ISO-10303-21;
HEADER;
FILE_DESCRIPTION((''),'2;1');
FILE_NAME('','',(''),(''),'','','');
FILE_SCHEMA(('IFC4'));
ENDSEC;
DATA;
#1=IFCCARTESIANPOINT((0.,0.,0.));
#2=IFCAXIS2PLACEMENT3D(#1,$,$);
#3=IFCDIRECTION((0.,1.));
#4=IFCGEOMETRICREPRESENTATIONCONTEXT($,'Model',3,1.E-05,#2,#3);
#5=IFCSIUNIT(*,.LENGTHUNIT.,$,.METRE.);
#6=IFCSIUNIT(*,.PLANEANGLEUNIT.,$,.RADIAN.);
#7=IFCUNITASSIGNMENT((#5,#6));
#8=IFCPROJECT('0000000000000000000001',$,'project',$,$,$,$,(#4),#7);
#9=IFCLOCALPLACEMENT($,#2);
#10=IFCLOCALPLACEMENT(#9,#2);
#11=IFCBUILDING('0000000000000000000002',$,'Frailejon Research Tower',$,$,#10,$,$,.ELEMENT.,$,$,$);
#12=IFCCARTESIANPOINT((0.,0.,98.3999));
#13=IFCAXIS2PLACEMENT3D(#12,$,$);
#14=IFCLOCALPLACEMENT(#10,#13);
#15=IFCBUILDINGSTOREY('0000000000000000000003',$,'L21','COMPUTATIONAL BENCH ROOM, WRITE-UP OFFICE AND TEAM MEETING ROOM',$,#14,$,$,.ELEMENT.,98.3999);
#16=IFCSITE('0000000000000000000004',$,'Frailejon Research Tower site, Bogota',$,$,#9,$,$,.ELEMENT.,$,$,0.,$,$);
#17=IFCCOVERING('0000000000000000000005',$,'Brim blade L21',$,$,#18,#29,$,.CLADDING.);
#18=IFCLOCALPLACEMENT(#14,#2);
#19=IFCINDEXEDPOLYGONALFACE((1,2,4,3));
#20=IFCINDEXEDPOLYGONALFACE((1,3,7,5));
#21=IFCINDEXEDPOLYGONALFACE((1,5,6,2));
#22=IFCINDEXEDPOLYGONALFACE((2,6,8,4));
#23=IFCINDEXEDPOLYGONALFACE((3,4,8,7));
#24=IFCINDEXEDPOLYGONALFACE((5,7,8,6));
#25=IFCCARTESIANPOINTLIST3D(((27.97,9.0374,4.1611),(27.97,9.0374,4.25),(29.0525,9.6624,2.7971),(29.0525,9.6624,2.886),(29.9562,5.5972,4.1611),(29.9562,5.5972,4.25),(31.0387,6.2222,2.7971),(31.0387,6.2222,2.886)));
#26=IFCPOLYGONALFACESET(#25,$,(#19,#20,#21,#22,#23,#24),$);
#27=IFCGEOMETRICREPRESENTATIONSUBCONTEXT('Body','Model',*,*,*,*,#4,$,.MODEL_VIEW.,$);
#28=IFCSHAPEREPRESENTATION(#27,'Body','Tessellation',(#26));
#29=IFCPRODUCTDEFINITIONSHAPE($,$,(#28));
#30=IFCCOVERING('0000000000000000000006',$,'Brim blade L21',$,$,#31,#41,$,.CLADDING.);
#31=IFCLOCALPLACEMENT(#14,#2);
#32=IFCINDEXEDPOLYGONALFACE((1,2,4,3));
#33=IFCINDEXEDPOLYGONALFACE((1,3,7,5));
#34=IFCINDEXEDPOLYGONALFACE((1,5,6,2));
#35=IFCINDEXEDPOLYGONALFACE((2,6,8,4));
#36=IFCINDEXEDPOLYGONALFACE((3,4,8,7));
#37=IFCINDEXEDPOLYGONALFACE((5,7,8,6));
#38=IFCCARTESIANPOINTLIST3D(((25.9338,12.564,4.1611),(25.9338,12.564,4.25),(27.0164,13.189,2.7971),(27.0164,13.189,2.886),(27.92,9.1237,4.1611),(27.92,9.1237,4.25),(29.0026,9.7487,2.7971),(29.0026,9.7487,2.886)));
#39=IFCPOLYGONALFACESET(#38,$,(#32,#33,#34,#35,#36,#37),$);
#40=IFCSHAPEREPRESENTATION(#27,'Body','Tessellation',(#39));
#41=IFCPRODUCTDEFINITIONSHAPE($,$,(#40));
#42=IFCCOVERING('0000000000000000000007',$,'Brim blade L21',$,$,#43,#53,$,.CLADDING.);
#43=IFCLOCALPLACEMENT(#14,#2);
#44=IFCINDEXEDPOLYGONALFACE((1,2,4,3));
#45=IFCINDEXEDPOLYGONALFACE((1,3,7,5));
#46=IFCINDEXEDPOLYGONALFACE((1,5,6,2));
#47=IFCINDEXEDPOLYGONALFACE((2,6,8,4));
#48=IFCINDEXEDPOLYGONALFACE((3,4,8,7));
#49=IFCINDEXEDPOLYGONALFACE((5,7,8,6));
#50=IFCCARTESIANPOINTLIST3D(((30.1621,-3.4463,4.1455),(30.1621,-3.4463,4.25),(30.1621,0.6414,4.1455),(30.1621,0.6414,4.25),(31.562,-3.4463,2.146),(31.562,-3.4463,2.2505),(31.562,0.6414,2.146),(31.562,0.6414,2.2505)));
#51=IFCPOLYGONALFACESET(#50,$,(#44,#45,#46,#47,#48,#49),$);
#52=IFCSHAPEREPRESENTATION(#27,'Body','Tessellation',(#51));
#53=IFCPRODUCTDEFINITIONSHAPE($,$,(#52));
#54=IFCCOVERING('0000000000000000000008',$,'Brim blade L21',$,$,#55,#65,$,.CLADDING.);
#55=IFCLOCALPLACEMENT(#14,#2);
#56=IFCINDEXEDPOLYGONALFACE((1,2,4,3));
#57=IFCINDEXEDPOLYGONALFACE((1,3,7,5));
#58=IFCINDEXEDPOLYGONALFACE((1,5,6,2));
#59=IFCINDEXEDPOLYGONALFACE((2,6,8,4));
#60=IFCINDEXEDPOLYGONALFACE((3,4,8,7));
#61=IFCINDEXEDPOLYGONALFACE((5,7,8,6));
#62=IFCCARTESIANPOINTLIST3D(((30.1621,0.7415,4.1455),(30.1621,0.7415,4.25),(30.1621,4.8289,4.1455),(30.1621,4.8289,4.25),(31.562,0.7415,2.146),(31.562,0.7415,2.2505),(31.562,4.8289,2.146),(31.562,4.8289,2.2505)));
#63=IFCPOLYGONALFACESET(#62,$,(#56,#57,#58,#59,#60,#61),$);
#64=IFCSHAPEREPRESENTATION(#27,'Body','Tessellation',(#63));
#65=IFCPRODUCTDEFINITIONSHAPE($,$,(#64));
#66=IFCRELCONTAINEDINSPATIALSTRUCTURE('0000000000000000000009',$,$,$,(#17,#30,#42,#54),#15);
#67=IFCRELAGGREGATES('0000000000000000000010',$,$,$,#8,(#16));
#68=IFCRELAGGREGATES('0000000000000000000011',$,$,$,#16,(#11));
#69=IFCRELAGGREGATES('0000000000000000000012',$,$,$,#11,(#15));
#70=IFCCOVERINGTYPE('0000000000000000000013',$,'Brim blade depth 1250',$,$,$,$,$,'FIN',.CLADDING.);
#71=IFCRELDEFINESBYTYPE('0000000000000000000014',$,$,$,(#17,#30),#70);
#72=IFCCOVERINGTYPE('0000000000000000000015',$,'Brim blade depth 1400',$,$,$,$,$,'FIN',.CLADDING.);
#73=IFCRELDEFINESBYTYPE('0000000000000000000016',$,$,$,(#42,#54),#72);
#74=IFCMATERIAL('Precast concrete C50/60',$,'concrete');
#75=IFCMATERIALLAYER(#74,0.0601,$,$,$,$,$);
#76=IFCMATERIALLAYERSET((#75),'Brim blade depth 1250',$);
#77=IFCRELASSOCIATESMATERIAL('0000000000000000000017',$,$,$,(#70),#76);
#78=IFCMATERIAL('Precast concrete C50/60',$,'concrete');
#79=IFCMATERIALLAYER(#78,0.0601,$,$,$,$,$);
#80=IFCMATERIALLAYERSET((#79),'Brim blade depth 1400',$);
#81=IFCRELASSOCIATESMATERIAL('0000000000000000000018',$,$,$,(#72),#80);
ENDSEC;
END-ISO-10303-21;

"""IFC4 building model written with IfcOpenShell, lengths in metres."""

from ifc_helpers import new_model, si_unit, direction, frame, origin, place, context, subcontext, project, spatial, polyline, outline, extrude, material, layer, layer_set, type_object, element, save


model = new_model("IFC4")

# Units and contexts
model_context = context("Model", 3, precision=1e-05, world=origin(), true_north=direction((0.0, 1.0)))
body_context = subcontext(model_context, "Body", "Model", "MODEL_VIEW")
ifc_project = project(units=[si_unit("LENGTHUNIT", "METRE"), si_unit("PLANEANGLEUNIT", "RADIAN")], contexts=[model_context])

# Site, building, storey
site_placement = place(None, origin())
site = spatial("IfcSite", under=ifc_project, at=site_placement, Name="Frailejon Research Tower site, Bogota", CompositionType="ELEMENT", RefElevation=0.0)
building_placement = place(site_placement, origin())
building = spatial("IfcBuilding", under=site, at=building_placement, Name="Frailejon Research Tower", CompositionType="ELEMENT")
storey_placement = place(building_placement, frame((0.0, 0.0, 98.3999)))
storey = spatial("IfcBuildingStorey", under=building, at=storey_placement, Name="L21", Description="COMPUTATIONAL BENCH ROOM, WRITE-UP OFFICE AND TEAM MEETING ROOM", CompositionType="ELEMENT", Elevation=98.3999)

# Coverings
ifc_material_1 = material(Name="Precast concrete C50/60", Category="concrete")
ifc_layer_1 = layer(ifc_material_1, 0.0601)
ifc_layer_set_1 = layer_set([ifc_layer_1], Name="Brim blade depth 1250")
covering_type_1 = type_object("IfcCoveringType", Name="Brim blade depth 1250", ElementType="FIN", PredefinedType="CLADDING", material=ifc_layer_set_1)
for number, where, z_axis, x_axis, name in (
    (1, (27.97, 9.0374, 4.25), (0.500011, -0.866019, 0.0), (0.866019, 0.500011, 0.0), "Brim blade L21"),
    (2, (25.9338, 12.564, 4.25), (0.499992, -0.86603, 0.0), (0.86603, 0.499992, 0.0), "Brim blade L21"),
):
    element("IfcCovering", number, at=place(storey_placement, frame(where, z_axis=z_axis, x_axis=x_axis)), inside=storey, type_object=covering_type_1, Name=name, PredefinedType="CLADDING", context=body_context, shape_type="SweptSolid", body=[
        extrude(outline(polyline([(0.0, -0.0889), (1.25, -1.4529), (1.25, -1.364), (0.0, 0.0), (0.0, -0.0889)])), origin(), (0.0, 0.0, 1.0), 3.9724),
    ])
ifc_material_2 = material(Name="Precast concrete C50/60", Category="concrete")
ifc_layer_2 = layer(ifc_material_2, 0.0601)
ifc_layer_set_2 = layer_set([ifc_layer_2], Name="Brim blade depth 1400")
covering_type_2 = type_object("IfcCoveringType", Name="Brim blade depth 1400", ElementType="FIN", PredefinedType="CLADDING", material=ifc_layer_set_2)
covering_1_placement = place(storey_placement, frame((30.1621, 0.6414, 4.25), z_axis=(0.0, -1.0, 0.0), x_axis=(1.0, 0.0, 0.0)))
element("IfcCovering", 3, at=covering_1_placement, inside=storey, type_object=covering_type_2, Name="Brim blade L21", PredefinedType="CLADDING", context=body_context, shape_type="SweptSolid", body=[
    extrude(outline(polyline([(0.0, -0.1045), (1.3999, -2.104), (1.3999, -1.9995), (0.0, 0.0), (0.0, -0.1045)])), origin(), (0.0, 0.0, 1.0), 4.0876),
])
covering_2_placement = place(storey_placement, frame((30.1621, 4.8289, 4.25), z_axis=(0.0, -1.0, 0.0), x_axis=(1.0, 0.0, 0.0)))
element("IfcCovering", 4, at=covering_2_placement, inside=storey, type_object=covering_type_2, Name="Brim blade L21", PredefinedType="CLADDING", context=body_context, shape_type="SweptSolid", body=[
    extrude(outline(polyline([(0.0, -0.1045), (1.3999, -2.104), (1.3999, -1.9995), (0.0, 0.0), (0.0, -0.1045)])), origin(), (0.0, 0.0, 1.0), 4.0874),
])

save(model, "model.ifc")
